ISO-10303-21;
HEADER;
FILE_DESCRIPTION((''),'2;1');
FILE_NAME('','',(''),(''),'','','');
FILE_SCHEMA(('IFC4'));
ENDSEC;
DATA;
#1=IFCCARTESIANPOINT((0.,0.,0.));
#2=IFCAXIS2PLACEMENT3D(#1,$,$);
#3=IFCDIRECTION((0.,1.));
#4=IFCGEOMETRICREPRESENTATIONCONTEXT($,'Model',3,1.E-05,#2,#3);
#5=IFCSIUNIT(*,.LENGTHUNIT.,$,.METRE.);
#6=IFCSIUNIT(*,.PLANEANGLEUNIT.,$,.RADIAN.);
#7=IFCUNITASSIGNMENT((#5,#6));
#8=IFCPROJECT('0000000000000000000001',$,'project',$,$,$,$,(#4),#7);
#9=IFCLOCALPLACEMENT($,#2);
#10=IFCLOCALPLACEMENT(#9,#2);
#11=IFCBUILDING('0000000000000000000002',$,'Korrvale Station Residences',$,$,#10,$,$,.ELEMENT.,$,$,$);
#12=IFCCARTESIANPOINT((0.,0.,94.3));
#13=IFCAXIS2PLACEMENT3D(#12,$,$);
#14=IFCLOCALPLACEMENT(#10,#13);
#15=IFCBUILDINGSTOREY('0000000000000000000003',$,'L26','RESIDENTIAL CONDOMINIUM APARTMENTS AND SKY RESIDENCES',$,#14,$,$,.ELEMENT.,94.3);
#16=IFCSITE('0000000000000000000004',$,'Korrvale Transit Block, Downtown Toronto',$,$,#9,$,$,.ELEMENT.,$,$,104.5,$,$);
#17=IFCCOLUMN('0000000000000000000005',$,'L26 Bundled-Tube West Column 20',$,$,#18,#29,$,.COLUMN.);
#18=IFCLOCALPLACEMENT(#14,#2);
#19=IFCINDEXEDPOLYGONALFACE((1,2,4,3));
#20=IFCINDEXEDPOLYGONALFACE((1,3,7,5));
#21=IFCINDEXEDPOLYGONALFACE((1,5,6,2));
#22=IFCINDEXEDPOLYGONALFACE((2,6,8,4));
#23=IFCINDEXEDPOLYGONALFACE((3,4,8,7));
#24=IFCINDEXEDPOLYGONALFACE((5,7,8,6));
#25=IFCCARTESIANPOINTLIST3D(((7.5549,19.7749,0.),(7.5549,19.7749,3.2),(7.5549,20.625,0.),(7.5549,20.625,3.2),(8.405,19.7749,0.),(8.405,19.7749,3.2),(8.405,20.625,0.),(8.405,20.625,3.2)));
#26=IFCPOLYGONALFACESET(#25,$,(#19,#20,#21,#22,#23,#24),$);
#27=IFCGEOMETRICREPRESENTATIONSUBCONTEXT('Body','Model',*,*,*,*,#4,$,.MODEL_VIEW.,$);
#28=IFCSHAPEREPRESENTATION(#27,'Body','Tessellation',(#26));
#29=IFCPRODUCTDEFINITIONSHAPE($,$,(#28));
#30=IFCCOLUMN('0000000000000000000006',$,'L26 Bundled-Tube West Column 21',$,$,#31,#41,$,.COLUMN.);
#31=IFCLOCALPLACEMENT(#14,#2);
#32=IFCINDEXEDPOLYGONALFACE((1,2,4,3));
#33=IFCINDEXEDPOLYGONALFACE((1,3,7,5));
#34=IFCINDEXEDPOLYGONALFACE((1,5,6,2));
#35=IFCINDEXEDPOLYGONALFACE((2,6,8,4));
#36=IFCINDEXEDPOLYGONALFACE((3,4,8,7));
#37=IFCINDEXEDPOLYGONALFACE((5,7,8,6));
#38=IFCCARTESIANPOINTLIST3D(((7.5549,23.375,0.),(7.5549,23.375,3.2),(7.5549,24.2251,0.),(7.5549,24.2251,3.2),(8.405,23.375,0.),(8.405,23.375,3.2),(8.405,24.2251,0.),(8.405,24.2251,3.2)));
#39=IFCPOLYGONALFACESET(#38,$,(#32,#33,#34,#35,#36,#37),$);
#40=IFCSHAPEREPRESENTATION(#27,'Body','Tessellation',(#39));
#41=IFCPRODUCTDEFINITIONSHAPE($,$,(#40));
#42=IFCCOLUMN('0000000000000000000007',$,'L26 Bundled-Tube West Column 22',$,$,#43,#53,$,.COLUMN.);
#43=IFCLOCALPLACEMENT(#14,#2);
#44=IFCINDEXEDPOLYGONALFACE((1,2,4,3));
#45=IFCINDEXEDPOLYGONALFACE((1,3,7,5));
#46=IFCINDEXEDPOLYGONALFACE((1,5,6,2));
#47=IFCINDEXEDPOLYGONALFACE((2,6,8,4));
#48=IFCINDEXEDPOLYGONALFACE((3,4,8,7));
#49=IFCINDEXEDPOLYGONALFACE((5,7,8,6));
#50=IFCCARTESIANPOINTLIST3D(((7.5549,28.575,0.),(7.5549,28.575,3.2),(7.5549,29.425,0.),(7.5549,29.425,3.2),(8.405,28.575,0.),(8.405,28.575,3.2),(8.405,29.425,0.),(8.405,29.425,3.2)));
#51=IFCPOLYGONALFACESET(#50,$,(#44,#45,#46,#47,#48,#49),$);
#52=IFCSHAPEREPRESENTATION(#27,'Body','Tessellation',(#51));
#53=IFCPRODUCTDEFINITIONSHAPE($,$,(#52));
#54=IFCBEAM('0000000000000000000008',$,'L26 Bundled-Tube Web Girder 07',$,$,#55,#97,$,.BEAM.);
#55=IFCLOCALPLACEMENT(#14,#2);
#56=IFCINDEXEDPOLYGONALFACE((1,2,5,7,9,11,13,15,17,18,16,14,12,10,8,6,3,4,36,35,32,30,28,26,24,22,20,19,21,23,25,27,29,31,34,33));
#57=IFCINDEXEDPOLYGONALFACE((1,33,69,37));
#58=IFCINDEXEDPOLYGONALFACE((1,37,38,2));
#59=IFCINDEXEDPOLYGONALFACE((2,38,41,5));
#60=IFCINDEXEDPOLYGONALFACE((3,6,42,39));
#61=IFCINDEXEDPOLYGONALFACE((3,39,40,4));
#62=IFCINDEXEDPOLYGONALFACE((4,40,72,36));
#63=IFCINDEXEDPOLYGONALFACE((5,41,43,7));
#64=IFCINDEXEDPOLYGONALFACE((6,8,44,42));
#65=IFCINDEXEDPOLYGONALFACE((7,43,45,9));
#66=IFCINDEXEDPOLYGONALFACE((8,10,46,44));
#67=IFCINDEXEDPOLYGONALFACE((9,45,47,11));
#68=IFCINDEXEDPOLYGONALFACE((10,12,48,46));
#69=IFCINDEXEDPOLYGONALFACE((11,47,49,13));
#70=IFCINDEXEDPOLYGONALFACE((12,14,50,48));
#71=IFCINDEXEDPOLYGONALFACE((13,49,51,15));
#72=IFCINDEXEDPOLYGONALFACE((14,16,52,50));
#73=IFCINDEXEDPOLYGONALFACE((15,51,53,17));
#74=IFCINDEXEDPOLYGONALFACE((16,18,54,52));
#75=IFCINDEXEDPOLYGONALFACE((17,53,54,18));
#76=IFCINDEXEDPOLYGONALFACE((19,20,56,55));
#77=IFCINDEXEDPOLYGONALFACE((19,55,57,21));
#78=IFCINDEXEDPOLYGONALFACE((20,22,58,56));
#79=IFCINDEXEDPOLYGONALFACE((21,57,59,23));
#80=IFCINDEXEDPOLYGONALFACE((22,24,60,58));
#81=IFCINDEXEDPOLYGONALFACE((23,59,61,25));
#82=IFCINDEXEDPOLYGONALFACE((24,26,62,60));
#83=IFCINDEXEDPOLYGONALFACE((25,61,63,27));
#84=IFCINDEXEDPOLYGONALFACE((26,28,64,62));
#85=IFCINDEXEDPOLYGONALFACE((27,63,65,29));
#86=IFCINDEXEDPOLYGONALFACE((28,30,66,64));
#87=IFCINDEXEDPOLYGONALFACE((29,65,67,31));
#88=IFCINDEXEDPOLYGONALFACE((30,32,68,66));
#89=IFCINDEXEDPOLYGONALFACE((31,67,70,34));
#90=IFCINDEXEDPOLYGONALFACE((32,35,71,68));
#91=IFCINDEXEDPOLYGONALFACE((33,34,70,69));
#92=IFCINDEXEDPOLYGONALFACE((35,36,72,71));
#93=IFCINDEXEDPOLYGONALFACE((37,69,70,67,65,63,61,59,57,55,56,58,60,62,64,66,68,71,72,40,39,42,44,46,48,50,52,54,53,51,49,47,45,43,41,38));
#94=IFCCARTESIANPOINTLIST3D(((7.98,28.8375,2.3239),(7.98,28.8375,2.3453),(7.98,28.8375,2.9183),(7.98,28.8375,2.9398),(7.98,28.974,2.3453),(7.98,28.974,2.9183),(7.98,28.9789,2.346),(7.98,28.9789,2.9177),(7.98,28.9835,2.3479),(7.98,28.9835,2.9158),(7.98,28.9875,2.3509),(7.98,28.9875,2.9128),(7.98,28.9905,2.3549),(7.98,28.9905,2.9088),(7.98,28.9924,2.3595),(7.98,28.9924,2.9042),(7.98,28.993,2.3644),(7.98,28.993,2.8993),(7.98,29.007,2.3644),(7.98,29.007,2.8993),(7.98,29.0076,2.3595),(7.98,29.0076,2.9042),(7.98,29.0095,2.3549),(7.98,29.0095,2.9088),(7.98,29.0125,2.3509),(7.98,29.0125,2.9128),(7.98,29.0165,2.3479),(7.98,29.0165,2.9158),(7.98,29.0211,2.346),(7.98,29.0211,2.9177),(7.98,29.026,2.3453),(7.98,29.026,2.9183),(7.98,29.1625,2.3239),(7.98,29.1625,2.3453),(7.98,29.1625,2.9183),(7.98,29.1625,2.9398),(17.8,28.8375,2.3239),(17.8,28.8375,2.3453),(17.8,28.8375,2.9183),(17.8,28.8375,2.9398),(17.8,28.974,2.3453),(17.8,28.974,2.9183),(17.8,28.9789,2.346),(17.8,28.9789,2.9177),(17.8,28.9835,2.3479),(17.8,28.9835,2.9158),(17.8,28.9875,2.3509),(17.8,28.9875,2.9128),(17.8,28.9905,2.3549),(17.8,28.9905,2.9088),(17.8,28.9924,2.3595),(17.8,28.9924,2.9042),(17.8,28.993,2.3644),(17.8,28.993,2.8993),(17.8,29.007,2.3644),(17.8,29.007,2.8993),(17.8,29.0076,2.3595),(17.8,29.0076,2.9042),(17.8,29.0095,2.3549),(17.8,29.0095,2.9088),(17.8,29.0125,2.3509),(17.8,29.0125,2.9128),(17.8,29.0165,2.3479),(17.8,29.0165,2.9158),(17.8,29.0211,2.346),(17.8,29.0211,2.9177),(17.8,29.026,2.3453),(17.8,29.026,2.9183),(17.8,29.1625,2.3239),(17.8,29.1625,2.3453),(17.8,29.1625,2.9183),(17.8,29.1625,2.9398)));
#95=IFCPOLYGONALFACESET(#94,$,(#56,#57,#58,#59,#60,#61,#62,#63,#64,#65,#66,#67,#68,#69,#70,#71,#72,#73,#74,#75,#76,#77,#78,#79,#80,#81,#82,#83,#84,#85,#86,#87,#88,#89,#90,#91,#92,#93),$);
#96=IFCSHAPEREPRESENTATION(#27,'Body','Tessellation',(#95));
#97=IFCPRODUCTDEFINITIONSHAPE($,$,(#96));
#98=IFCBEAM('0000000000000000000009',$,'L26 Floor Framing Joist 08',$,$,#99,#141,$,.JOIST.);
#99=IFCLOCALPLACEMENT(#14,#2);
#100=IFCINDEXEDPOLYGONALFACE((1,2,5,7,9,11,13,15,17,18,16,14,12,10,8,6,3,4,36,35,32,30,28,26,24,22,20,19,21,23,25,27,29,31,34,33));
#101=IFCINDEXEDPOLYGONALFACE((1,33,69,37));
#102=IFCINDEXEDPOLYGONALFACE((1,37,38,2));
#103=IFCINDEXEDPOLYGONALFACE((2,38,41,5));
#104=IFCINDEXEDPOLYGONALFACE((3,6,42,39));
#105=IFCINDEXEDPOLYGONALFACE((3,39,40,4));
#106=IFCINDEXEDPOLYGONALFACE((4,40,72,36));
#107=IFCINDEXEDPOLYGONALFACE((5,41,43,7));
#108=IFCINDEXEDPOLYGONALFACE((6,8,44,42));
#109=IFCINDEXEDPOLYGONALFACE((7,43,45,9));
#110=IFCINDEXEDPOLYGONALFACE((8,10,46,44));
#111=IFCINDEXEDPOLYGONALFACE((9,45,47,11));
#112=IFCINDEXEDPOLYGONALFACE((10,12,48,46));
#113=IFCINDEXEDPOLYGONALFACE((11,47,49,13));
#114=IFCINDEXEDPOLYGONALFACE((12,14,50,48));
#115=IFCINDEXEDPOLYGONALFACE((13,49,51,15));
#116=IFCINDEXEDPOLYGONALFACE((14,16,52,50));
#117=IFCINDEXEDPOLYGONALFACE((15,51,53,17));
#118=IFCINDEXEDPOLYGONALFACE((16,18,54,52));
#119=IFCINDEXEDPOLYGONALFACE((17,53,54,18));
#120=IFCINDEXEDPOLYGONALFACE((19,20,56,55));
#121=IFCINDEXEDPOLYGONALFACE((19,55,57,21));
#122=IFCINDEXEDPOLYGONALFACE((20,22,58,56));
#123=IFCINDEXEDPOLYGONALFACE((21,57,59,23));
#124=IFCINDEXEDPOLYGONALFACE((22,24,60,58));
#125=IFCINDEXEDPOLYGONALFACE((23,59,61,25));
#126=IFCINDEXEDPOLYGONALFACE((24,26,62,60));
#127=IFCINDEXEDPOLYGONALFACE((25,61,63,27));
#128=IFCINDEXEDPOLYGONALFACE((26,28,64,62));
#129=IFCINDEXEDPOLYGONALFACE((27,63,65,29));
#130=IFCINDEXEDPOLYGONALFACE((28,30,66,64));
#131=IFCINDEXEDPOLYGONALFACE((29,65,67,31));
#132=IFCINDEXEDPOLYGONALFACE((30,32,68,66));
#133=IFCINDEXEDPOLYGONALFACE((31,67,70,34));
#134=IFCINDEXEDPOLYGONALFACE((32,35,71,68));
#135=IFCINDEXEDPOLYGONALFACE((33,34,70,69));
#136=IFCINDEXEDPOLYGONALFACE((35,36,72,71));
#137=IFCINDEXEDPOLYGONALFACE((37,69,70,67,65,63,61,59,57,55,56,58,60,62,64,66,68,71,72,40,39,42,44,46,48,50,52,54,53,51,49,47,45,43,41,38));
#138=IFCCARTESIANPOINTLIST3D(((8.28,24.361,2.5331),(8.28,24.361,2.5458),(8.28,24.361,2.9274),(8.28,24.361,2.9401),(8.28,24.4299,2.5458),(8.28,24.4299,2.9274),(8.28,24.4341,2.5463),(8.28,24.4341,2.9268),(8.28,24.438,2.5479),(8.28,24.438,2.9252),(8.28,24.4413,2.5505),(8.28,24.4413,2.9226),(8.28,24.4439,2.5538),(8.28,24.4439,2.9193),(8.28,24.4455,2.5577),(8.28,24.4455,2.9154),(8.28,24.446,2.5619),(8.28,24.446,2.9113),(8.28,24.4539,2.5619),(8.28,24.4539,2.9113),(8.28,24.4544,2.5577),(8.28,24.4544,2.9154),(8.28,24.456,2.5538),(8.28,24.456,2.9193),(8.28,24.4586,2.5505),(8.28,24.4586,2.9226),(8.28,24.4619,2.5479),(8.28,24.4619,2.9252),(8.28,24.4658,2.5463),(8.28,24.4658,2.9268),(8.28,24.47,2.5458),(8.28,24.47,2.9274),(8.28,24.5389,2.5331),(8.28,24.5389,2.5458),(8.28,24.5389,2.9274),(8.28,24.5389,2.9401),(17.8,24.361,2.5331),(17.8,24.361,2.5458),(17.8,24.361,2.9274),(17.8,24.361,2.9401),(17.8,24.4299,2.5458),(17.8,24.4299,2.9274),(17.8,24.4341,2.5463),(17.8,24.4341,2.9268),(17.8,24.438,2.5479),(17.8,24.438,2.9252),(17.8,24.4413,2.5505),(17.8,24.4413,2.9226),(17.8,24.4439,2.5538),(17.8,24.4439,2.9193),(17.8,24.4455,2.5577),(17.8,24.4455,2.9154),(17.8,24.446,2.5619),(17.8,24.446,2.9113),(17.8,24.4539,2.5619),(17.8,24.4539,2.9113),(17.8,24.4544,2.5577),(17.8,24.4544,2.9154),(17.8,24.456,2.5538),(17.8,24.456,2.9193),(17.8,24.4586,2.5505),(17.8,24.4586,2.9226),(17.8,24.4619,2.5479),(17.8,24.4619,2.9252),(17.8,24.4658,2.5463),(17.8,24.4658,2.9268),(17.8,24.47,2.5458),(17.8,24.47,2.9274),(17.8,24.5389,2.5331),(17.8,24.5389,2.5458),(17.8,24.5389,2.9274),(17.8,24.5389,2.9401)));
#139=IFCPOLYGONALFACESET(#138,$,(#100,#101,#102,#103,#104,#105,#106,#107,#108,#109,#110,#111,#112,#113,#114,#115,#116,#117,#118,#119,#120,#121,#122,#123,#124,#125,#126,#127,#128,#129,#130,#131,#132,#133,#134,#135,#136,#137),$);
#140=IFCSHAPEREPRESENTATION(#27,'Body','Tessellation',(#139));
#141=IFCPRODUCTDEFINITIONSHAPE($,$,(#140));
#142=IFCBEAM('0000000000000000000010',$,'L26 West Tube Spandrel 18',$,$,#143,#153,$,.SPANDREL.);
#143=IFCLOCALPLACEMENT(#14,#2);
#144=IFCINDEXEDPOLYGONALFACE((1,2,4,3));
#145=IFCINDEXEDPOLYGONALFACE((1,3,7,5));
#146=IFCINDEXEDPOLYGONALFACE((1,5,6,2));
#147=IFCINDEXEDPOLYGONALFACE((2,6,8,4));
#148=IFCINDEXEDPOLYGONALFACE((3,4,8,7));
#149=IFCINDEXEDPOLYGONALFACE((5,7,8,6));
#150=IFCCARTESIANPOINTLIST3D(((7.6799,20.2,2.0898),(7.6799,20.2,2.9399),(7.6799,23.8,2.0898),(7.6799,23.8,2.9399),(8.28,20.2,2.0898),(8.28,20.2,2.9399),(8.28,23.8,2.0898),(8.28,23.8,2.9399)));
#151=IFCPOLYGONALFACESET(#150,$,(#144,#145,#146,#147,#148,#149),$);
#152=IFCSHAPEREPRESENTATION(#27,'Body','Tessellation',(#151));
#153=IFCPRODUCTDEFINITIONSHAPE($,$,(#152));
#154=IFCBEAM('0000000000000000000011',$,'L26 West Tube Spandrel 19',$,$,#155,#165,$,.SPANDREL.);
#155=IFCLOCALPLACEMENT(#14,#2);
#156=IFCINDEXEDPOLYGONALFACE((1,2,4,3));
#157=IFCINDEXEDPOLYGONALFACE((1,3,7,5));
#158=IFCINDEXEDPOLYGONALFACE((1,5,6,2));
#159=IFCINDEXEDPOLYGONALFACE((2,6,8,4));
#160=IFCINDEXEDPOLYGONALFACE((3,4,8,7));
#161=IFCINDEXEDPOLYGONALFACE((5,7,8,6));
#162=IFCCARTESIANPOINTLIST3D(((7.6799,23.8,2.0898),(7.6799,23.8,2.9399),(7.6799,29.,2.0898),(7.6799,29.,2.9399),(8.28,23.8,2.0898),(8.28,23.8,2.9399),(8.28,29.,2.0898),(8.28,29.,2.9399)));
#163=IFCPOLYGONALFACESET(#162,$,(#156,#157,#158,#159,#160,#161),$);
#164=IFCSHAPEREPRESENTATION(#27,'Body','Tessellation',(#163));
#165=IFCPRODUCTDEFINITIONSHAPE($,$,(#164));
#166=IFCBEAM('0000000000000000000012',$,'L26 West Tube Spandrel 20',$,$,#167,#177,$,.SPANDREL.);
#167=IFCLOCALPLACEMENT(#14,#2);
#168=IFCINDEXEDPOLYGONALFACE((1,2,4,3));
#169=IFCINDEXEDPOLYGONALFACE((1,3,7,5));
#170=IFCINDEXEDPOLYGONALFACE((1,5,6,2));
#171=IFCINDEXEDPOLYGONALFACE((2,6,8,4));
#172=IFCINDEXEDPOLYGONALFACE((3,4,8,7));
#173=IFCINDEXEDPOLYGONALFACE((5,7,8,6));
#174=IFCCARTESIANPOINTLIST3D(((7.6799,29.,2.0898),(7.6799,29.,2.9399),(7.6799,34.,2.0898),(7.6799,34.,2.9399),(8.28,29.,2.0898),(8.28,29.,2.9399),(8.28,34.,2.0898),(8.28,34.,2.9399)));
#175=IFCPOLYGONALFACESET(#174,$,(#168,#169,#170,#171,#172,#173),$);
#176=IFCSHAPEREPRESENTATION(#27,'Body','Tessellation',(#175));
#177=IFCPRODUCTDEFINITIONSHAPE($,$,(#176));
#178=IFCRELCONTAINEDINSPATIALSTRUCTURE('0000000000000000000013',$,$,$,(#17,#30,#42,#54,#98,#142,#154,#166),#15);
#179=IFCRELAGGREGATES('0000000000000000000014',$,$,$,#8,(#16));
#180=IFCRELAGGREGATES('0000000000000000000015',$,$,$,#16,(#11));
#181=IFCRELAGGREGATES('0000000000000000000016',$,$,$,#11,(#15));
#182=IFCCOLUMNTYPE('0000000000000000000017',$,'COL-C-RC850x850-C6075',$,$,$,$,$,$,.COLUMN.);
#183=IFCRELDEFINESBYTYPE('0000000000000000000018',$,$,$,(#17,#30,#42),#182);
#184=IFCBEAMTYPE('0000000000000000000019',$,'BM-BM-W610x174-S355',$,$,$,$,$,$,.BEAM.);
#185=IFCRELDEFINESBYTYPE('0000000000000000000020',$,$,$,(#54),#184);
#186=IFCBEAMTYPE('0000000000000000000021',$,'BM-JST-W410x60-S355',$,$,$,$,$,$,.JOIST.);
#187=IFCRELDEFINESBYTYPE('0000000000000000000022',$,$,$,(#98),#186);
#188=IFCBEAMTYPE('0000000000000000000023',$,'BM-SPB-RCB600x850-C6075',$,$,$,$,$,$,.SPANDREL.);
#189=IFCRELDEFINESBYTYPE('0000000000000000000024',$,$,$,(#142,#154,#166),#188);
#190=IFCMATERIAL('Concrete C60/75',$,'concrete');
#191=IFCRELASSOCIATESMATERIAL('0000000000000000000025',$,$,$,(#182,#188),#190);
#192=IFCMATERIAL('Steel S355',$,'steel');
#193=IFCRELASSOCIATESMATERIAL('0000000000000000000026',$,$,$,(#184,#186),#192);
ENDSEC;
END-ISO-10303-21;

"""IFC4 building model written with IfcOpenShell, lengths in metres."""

from ifc_helpers import new_model, si_unit, direction, frame, origin, origin_2d, place, context, subcontext, project, spatial, rectangle, i_section, extrude, material, material_profile, profile_set, type_object, element, save


model = new_model("IFC4")

# Units and contexts
model_context = context("Model", 3, precision=1e-05, world=origin(), true_north=direction((0.0, 1.0)))
body_context = subcontext(model_context, "Body", "Model", "MODEL_VIEW")
ifc_project = project(units=[si_unit("LENGTHUNIT", "METRE"), si_unit("PLANEANGLEUNIT", "RADIAN")], contexts=[model_context])

# Site, building, storey
site_placement = place(None, origin())
site = spatial("IfcSite", under=ifc_project, at=site_placement, Name="Korrvale Transit Block, Downtown Toronto", CompositionType="ELEMENT", RefElevation=104.5)
building_placement = place(site_placement, origin())
building = spatial("IfcBuilding", under=site, at=building_placement, Name="Korrvale Station Residences", CompositionType="ELEMENT")
storey_placement = place(building_placement, frame((0.0, 0.0, 94.3)))
storey = spatial("IfcBuildingStorey", under=building, at=storey_placement, Name="L26", Description="RESIDENTIAL CONDOMINIUM APARTMENTS AND SKY RESIDENCES", CompositionType="ELEMENT", Elevation=94.3)

# Columns
ifc_material_1 = material(Name="Concrete C60/75", Category="concrete")
ifc_material_profile_1 = material_profile(ifc_material_1, rectangle(XDim=0.8501, YDim=0.8501, at=origin_2d()), Name="RC850x850")
ifc_profile_set_1 = profile_set([ifc_material_profile_1], Name="Concrete C60/75")
column_type = type_object("IfcColumnType", Name="COL-C-RC850x850-C6075", PredefinedType="COLUMN", material=ifc_profile_set_1)
for number, where, z_axis, x_axis, name in (
    (1, (7.98, 20.2, 0.0), (0.0, 0.0, 1.0), (1.0, 0.0, 0.0), "L26 Bundled-Tube West Column 20"),
    (2, (7.98, 23.8, 0.0), (0.0, 0.0, 1.0), (1.0, 0.0, 0.0), "L26 Bundled-Tube West Column 21"),
    (3, (7.98, 29.0, 0.0), (0.0, 0.0, 1.0), (1.0, 0.0, 0.0), "L26 Bundled-Tube West Column 22"),
):
    element("IfcColumn", number, at=place(storey_placement, frame(where, z_axis=z_axis, x_axis=x_axis)), inside=storey, type_object=column_type, Name=name, PredefinedType="COLUMN", context=body_context, shape_type="SweptSolid", body=[
        extrude(rectangle(XDim=0.8501, YDim=0.8501, at=origin_2d()), origin(), (0.0, 0.0, 1.0), 3.2),
    ])

# Beams
ifc_material_2 = material(Name="Steel S355", Category="steel")
ifc_material_profile_2 = material_profile(ifc_material_2, i_section(OverallWidth=0.325, OverallDepth=0.616, WebThickness=0.0139, FlangeThickness=0.0215, FilletRadius=0.019, at=origin_2d()), Name="W610x174")
ifc_profile_set_2 = profile_set([ifc_material_profile_2], Name="Steel S355")
beam_type_1 = type_object("IfcBeamType", Name="BM-BM-W610x174-S355", PredefinedType="BEAM", material=ifc_profile_set_2)
beam_1_placement = place(storey_placement, frame((7.98, 29.0, 2.6318), z_axis=(1.0, 0.0, 0.0), x_axis=(0.0, 1.0, 0.0)))
element("IfcBeam", 4, at=beam_1_placement, inside=storey, type_object=beam_type_1, Name="L26 Bundled-Tube Web Girder 07", PredefinedType="BEAM", context=body_context, shape_type="SweptSolid", body=[
    extrude(i_section(OverallWidth=0.325, OverallDepth=0.616, WebThickness=0.0139, FlangeThickness=0.0215, FilletRadius=0.019, at=origin_2d()), origin(), (0.0, 0.0, 1.0), 9.8201),
])
ifc_material_profile_3 = material_profile(ifc_material_2, i_section(OverallWidth=0.178, OverallDepth=0.407, WebThickness=0.0078, FlangeThickness=0.0127, FilletRadius=0.0161, at=origin_2d()), Name="W410x60")
ifc_profile_set_3 = profile_set([ifc_material_profile_3], Name="Steel S355")
beam_type_2 = type_object("IfcBeamType", Name="BM-JST-W410x60-S355", PredefinedType="JOIST", material=ifc_profile_set_3)
beam_2_placement = place(storey_placement, frame((8.28, 24.45, 2.7366), z_axis=(1.0, 0.0, 0.0), x_axis=(0.0, 1.0, 0.0)))
element("IfcBeam", 5, at=beam_2_placement, inside=storey, type_object=beam_type_2, Name="L26 Floor Framing Joist 08", PredefinedType="JOIST", context=body_context, shape_type="SweptSolid", body=[
    extrude(i_section(OverallWidth=0.178, OverallDepth=0.407, WebThickness=0.0078, FlangeThickness=0.0127, FilletRadius=0.0161, at=origin_2d()), origin(), (0.0, 0.0, 1.0), 9.52),
])
ifc_material_profile_4 = material_profile(ifc_material_1, rectangle(XDim=0.6001, YDim=0.8501, at=origin_2d()), Name="RCB600x850")
ifc_profile_set_4 = profile_set([ifc_material_profile_4], Name="Concrete C60/75")
beam_type_3 = type_object("IfcBeamType", Name="BM-SPB-RCB600x850-C6075", PredefinedType="SPANDREL", material=ifc_profile_set_4)
beam_3_placement = place(storey_placement, frame((7.98, 20.2, 2.5149), z_axis=(0.0, 1.0, 0.0), x_axis=(-1.0, 0.0, 0.0)))
element("IfcBeam", 6, at=beam_3_placement, inside=storey, type_object=beam_type_3, Name="L26 West Tube Spandrel 18", PredefinedType="SPANDREL", context=body_context, shape_type="SweptSolid", body=[
    extrude(rectangle(XDim=0.6001, YDim=0.8501, at=origin_2d()), origin(), (0.0, 0.0, 1.0), 3.6001),
])
beam_4_placement = place(storey_placement, frame((7.98, 23.8, 2.5149), z_axis=(0.0, 1.0, 0.0), x_axis=(-1.0, 0.0, 0.0)))
element("IfcBeam", 7, at=beam_4_placement, inside=storey, type_object=beam_type_3, Name="L26 West Tube Spandrel 19", PredefinedType="SPANDREL", context=body_context, shape_type="SweptSolid", body=[
    extrude(rectangle(XDim=0.6001, YDim=0.8501, at=origin_2d()), origin(), (0.0, 0.0, 1.0), 5.2),
])
beam_5_placement = place(storey_placement, frame((7.98, 29.0, 2.5149), z_axis=(0.0, 1.0, 0.0), x_axis=(-1.0, 0.0, 0.0)))
element("IfcBeam", 8, at=beam_5_placement, inside=storey, type_object=beam_type_3, Name="L26 West Tube Spandrel 20", PredefinedType="SPANDREL", context=body_context, shape_type="SweptSolid", body=[
    extrude(rectangle(XDim=0.6001, YDim=0.8501, at=origin_2d()), origin(), (0.0, 0.0, 1.0), 5.0),
])

save(model, "model.ifc")
